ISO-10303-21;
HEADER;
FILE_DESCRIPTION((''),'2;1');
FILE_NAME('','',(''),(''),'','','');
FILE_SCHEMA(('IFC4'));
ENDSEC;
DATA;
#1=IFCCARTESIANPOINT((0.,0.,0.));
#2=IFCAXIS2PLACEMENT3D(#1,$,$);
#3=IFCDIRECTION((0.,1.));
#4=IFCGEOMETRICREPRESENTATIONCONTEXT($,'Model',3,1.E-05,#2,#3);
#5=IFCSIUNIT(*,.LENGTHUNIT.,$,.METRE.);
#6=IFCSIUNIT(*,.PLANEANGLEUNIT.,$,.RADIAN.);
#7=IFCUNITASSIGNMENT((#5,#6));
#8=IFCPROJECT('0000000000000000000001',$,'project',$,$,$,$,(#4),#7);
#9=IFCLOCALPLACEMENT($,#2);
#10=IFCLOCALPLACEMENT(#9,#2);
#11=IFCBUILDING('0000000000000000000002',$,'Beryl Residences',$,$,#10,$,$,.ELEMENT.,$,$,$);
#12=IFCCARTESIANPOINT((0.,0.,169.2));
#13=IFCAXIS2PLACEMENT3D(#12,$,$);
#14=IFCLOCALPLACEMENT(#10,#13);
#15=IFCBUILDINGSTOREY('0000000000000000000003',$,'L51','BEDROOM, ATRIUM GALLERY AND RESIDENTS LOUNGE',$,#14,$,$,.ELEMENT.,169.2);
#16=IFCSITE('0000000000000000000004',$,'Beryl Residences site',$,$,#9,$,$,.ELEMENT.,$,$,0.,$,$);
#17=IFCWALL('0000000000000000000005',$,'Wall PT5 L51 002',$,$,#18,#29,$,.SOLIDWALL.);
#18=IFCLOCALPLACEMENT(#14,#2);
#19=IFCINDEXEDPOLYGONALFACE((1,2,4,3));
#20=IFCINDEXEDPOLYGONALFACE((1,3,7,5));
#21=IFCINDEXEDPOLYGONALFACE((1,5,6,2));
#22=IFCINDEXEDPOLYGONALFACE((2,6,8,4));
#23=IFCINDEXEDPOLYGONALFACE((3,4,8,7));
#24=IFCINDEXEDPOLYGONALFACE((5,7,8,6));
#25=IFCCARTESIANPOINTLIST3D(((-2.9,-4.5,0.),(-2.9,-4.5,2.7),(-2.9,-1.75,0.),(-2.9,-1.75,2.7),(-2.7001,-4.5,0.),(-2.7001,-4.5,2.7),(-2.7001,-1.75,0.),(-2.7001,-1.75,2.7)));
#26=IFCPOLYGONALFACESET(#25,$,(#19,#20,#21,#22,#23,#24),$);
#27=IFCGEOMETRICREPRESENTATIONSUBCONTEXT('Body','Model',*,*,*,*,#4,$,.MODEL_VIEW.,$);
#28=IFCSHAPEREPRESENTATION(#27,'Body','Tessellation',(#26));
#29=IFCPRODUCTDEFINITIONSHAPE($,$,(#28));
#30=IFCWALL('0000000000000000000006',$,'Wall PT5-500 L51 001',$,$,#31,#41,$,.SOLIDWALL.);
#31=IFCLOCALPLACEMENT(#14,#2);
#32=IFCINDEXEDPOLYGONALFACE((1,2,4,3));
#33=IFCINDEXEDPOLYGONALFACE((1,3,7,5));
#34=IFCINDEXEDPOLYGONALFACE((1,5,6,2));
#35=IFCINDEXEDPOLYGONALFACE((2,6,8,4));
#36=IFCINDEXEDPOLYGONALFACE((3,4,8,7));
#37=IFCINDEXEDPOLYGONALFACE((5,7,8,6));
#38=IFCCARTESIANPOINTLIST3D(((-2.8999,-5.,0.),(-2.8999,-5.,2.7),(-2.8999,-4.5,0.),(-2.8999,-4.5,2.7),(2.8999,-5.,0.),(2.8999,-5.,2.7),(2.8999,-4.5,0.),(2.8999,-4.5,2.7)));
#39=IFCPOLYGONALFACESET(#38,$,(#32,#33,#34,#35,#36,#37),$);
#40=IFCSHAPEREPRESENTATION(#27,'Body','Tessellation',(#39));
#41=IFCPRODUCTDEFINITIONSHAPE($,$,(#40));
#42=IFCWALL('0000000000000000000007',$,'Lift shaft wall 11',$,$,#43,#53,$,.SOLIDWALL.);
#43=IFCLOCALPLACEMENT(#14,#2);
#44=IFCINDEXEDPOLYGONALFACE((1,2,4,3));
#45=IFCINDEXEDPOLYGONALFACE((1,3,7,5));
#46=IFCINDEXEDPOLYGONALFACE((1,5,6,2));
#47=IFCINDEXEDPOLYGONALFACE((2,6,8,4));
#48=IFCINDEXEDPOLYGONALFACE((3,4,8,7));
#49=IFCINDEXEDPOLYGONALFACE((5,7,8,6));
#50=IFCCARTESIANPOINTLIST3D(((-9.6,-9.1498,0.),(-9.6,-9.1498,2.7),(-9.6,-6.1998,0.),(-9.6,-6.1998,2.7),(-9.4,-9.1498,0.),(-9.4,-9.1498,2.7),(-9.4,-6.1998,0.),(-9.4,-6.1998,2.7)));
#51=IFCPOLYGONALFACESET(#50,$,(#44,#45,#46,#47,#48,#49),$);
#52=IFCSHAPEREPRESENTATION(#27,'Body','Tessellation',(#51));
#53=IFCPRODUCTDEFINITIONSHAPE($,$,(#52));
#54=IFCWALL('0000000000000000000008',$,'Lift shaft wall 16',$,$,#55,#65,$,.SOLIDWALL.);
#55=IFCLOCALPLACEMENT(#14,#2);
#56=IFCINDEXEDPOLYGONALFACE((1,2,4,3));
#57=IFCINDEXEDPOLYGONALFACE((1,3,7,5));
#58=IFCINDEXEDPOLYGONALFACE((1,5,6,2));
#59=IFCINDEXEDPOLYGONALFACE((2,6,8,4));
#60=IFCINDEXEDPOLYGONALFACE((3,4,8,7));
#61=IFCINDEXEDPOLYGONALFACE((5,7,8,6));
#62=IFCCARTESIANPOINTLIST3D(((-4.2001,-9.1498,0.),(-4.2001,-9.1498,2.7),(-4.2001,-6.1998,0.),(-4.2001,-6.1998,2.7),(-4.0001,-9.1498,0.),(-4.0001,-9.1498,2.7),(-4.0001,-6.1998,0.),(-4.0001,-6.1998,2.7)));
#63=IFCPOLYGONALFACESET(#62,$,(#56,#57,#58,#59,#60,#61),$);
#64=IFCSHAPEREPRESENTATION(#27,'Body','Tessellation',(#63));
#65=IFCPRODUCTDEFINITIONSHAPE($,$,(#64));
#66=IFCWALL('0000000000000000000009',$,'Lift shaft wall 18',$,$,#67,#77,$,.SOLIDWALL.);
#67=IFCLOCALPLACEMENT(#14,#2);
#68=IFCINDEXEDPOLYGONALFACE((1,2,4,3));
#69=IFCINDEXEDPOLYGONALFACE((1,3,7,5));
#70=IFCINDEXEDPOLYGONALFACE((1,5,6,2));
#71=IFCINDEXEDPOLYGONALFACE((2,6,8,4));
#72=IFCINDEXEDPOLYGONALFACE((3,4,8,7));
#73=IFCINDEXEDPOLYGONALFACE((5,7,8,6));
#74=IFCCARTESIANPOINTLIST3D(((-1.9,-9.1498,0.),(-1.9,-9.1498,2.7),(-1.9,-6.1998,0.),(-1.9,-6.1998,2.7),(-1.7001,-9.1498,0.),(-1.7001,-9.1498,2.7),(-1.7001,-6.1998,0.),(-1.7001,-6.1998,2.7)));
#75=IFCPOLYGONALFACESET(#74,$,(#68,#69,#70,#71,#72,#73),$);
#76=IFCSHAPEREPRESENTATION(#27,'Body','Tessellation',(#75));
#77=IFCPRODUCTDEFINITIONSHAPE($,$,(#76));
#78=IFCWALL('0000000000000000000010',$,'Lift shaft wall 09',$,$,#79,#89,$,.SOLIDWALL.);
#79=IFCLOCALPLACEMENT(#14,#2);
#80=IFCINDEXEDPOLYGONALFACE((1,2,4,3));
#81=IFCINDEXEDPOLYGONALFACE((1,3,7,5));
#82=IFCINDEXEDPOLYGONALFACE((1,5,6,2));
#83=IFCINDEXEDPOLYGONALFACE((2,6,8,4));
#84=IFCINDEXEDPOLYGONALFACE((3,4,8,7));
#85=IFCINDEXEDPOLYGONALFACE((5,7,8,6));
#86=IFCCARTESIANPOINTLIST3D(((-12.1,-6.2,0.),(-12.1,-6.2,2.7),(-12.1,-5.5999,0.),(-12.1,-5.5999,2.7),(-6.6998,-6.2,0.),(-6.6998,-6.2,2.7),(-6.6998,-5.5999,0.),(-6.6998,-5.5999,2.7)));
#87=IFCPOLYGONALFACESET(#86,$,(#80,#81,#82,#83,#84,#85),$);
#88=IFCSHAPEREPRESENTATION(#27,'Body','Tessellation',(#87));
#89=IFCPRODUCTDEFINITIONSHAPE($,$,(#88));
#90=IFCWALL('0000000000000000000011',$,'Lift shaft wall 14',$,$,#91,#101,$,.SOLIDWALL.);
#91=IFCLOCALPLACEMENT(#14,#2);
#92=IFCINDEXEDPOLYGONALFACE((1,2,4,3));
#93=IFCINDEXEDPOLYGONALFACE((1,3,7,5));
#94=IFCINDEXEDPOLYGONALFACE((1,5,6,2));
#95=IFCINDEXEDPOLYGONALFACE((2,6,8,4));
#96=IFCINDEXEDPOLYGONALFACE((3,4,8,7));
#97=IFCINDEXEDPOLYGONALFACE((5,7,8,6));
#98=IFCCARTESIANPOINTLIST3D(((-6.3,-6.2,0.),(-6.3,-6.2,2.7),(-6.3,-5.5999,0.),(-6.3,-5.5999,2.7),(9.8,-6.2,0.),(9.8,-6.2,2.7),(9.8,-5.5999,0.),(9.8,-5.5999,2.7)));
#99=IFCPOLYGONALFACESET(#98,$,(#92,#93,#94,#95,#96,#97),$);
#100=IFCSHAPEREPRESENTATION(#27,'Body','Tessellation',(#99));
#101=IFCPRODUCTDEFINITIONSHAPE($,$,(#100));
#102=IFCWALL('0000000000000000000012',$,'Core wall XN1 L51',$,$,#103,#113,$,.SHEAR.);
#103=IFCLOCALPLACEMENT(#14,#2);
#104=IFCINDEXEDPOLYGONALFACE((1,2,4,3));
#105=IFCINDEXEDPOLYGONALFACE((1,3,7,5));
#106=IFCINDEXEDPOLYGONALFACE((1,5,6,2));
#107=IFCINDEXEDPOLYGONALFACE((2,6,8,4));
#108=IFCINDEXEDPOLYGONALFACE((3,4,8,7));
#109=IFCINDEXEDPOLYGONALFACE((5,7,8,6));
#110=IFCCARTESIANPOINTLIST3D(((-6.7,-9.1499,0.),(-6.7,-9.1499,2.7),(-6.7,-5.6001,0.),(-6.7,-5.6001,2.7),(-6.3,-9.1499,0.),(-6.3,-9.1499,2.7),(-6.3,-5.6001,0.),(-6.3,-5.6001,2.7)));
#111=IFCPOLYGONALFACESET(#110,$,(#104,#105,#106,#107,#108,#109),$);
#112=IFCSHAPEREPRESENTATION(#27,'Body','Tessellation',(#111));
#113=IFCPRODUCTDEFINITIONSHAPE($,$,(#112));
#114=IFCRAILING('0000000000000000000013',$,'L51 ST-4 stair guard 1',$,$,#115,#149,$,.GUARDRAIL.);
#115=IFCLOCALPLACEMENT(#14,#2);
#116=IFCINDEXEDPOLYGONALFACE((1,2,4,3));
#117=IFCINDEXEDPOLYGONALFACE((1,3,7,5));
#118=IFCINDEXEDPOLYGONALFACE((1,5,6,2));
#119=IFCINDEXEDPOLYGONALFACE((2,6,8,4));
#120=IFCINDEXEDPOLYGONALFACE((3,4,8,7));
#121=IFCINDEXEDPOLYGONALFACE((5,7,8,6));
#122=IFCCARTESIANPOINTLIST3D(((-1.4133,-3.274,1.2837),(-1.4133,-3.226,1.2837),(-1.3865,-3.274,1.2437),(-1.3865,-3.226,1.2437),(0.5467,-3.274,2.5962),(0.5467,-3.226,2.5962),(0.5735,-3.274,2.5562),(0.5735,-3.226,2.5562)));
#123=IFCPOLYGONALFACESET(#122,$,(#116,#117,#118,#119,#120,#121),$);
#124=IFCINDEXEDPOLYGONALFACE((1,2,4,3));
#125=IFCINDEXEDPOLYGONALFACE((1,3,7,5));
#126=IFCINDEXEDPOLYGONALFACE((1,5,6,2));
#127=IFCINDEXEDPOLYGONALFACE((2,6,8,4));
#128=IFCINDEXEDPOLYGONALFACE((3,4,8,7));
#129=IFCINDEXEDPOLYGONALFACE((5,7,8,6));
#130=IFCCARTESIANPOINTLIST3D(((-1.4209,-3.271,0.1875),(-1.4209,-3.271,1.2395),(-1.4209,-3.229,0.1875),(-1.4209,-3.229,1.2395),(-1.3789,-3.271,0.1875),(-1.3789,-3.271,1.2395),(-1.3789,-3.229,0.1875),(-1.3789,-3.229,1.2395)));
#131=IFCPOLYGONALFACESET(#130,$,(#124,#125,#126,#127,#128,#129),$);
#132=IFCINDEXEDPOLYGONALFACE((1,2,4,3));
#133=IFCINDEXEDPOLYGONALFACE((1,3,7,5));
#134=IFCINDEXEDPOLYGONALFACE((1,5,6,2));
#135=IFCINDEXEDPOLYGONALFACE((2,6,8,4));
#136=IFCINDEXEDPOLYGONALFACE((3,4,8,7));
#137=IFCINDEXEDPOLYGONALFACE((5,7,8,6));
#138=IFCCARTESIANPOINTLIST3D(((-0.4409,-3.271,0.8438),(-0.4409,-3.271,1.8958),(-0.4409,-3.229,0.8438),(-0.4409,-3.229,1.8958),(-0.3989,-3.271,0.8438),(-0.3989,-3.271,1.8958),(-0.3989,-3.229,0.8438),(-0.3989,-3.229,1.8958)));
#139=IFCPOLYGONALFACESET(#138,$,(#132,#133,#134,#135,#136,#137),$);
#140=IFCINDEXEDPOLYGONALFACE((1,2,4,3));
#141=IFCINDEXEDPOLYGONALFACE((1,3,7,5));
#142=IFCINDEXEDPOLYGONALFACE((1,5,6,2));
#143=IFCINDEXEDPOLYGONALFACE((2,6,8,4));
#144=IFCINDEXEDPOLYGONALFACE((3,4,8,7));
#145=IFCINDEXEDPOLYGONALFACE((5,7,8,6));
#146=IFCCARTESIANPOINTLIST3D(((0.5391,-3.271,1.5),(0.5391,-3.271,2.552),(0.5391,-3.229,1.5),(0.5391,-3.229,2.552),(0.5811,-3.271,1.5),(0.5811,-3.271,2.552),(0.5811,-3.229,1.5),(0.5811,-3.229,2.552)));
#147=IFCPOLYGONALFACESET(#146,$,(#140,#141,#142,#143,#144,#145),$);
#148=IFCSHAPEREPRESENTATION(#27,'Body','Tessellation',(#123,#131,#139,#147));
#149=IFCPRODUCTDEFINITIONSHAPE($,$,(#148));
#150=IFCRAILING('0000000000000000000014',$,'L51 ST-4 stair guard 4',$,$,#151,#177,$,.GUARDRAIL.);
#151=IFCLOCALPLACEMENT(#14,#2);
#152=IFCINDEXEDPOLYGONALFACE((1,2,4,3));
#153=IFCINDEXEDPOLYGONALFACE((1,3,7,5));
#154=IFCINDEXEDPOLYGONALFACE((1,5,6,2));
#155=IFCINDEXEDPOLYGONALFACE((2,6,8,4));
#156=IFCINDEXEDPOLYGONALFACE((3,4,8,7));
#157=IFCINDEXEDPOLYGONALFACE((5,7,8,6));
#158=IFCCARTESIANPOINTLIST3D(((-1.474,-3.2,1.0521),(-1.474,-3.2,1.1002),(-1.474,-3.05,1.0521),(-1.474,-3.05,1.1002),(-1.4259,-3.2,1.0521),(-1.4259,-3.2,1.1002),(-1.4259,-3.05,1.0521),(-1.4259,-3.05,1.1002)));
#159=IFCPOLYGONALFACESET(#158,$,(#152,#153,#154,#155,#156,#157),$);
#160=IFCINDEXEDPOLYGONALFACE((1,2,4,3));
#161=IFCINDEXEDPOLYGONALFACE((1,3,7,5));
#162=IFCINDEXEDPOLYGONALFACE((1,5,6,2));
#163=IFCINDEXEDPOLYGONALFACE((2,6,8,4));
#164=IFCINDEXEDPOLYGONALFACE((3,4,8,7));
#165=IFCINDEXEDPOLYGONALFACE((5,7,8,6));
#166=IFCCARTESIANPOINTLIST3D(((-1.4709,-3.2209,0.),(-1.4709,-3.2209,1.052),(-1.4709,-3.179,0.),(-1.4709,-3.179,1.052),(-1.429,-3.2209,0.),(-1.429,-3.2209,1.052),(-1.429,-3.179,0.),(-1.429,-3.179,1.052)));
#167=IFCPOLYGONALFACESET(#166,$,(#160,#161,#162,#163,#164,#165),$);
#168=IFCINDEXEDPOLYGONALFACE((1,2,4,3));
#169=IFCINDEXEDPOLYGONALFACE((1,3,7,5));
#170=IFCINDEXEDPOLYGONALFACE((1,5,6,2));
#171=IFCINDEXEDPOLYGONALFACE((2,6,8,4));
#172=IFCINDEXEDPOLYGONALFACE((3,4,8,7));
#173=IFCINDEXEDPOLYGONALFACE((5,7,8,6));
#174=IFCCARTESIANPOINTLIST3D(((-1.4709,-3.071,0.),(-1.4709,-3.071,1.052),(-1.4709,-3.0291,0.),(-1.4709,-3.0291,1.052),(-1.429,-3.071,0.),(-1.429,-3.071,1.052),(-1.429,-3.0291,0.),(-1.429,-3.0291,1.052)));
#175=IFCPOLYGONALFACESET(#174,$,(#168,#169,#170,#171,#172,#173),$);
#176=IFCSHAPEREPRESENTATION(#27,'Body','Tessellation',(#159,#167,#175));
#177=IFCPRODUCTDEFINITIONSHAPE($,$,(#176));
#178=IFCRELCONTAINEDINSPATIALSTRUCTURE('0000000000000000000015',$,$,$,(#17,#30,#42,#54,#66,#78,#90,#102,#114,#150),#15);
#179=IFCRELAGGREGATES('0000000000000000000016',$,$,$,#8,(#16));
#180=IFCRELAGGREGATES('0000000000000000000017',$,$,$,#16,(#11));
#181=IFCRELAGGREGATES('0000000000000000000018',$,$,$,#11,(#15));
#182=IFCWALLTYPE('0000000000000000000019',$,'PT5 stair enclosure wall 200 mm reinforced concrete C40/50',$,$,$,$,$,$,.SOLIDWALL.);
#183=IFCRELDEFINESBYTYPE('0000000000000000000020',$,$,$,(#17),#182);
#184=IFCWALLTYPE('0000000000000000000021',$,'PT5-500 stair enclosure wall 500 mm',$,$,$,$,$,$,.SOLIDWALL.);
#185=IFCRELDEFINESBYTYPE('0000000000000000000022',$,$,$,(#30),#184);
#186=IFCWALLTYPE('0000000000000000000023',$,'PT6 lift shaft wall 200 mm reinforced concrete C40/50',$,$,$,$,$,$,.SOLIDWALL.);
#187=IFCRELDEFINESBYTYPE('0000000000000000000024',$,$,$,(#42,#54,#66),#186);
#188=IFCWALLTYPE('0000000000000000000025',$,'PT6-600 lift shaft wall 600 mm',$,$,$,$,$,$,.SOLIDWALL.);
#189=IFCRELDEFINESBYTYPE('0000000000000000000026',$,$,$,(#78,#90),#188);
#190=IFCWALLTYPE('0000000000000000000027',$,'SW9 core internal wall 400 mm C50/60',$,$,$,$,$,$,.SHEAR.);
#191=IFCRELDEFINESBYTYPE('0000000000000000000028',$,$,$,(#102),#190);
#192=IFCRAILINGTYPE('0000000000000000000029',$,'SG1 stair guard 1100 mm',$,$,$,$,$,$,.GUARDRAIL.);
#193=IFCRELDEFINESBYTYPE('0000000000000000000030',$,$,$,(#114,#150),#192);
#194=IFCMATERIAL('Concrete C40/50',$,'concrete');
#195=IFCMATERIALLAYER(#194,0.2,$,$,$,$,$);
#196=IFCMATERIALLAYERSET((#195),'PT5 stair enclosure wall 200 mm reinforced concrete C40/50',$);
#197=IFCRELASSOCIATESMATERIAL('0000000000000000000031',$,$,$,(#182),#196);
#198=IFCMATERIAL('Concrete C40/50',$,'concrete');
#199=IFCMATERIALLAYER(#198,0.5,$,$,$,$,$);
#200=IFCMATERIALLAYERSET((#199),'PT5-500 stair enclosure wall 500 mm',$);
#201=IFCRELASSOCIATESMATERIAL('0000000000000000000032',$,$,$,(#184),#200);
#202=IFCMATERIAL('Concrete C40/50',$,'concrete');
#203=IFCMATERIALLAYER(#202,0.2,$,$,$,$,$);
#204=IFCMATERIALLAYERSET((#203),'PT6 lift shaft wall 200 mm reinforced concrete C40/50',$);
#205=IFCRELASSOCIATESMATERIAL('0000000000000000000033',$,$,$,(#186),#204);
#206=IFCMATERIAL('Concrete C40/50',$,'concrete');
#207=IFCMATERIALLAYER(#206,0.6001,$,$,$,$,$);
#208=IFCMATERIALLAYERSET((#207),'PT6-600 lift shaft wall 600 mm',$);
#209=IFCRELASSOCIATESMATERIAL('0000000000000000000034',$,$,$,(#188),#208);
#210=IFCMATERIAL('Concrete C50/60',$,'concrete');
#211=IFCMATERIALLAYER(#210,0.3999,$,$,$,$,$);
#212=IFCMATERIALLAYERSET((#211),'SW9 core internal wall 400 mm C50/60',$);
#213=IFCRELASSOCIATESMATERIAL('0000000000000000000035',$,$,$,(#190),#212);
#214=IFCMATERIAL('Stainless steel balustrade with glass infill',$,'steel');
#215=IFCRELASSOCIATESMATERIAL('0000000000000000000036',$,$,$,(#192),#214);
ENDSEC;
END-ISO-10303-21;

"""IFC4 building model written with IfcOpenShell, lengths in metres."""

from ifc_helpers import new_model, si_unit, direction, frame, frame_2d, origin, origin_2d, place, context, subcontext, project, spatial, rectangle, extrude, material, layer, layer_set, type_object, element, save


model = new_model("IFC4")

# Units and contexts
model_context = context("Model", 3, precision=1e-05, world=origin(), true_north=direction((0.0, 1.0)))
body_context = subcontext(model_context, "Body", "Model", "MODEL_VIEW")
ifc_project = project(units=[si_unit("LENGTHUNIT", "METRE"), si_unit("PLANEANGLEUNIT", "RADIAN")], contexts=[model_context])

# Site, building, storey
site_placement = place(None, origin())
site = spatial("IfcSite", under=ifc_project, at=site_placement, Name="Beryl Residences site", CompositionType="ELEMENT", RefElevation=0.0)
building_placement = place(site_placement, origin())
building = spatial("IfcBuilding", under=site, at=building_placement, Name="Beryl Residences", CompositionType="ELEMENT")
storey_placement = place(building_placement, frame((0.0, 0.0, 169.2)))
storey = spatial("IfcBuildingStorey", under=building, at=storey_placement, Name="L51", Description="BEDROOM, ATRIUM GALLERY AND RESIDENTS LOUNGE", CompositionType="ELEMENT", Elevation=169.2)

# Walls
ifc_material_1 = material(Name="Concrete C40/50", Category="concrete")
ifc_layer_1 = layer(ifc_material_1, 0.2)
ifc_layer_set_1 = layer_set([ifc_layer_1], Name="PT5 stair enclosure wall 200 mm reinforced concrete C40/50")
wall_type_1 = type_object("IfcWallType", Name="PT5 stair enclosure wall 200 mm reinforced concrete C40/50", PredefinedType="SOLIDWALL", material=ifc_layer_set_1)
wall_1_placement = place(storey_placement, frame((-2.8, -4.5, 0.0), z_axis=(0.0, 0.0, 1.0), x_axis=(0.0, 1.0, 0.0)))
element("IfcWall", 1, at=wall_1_placement, inside=storey, type_object=wall_type_1, Name="Wall PT5 L51 002", PredefinedType="SOLIDWALL", context=body_context, shape_type="SweptSolid", body=[
    extrude(rectangle(XDim=2.75, YDim=0.2, at=frame_2d((1.375, 0.0))), origin(), (0.0, 0.0, 1.0), 2.7),
])
ifc_material_2 = material(Name="Concrete C40/50", Category="concrete")
ifc_layer_2 = layer(ifc_material_2, 0.5)
ifc_layer_set_2 = layer_set([ifc_layer_2], Name="PT5-500 stair enclosure wall 500 mm")
wall_type_2 = type_object("IfcWallType", Name="PT5-500 stair enclosure wall 500 mm", PredefinedType="SOLIDWALL", material=ifc_layer_set_2)
wall_2_placement = place(storey_placement, frame((-2.8999, -4.75, 0.0), z_axis=(0.0, 0.0, 1.0), x_axis=(1.0, 0.0, 0.0)))
element("IfcWall", 2, at=wall_2_placement, inside=storey, type_object=wall_type_2, Name="Wall PT5-500 L51 001", PredefinedType="SOLIDWALL", context=body_context, shape_type="SweptSolid", body=[
    extrude(rectangle(XDim=5.7998, YDim=0.5, at=frame_2d((2.8999, 0.0))), origin(), (0.0, 0.0, 1.0), 2.7),
])
ifc_material_3 = material(Name="Concrete C40/50", Category="concrete")
ifc_layer_3 = layer(ifc_material_3, 0.2)
ifc_layer_set_3 = layer_set([ifc_layer_3], Name="PT6 lift shaft wall 200 mm reinforced concrete C40/50")
wall_type_3 = type_object("IfcWallType", Name="PT6 lift shaft wall 200 mm reinforced concrete C40/50", PredefinedType="SOLIDWALL", material=ifc_layer_set_3)
for number, where, z_axis, x_axis, name in (
    (3, (-9.5, -9.1499, 0.0), (0.0, 0.0, 1.0), (0.0, 1.0, 0.0), "Lift shaft wall 11"),
    (4, (-4.1001, -9.1499, 0.0), (0.0, 0.0, 1.0), (0.0, 1.0, 0.0), "Lift shaft wall 16"),
    (5, (-1.8, -9.1499, 0.0), (0.0, 0.0, 1.0), (0.0, 1.0, 0.0), "Lift shaft wall 18"),
):
    element("IfcWall", number, at=place(storey_placement, frame(where, z_axis=z_axis, x_axis=x_axis)), inside=storey, type_object=wall_type_3, Name=name, PredefinedType="SOLIDWALL", context=body_context, shape_type="SweptSolid", body=[
        extrude(rectangle(XDim=2.95, YDim=0.2, at=frame_2d((1.4751, 0.0))), origin(), (0.0, 0.0, 1.0), 2.7),
    ])
ifc_material_4 = material(Name="Concrete C40/50", Category="concrete")
ifc_layer_4 = layer(ifc_material_4, 0.6001)
ifc_layer_set_4 = layer_set([ifc_layer_4], Name="PT6-600 lift shaft wall 600 mm")
wall_type_4 = type_object("IfcWallType", Name="PT6-600 lift shaft wall 600 mm", PredefinedType="SOLIDWALL", material=ifc_layer_set_4)
wall_3_placement = place(storey_placement, frame((-12.1001, -5.8999, 0.0), z_axis=(0.0, 0.0, 1.0), x_axis=(1.0, 0.0, 0.0)))
element("IfcWall", 6, at=wall_3_placement, inside=storey, type_object=wall_type_4, Name="Lift shaft wall 09", PredefinedType="SOLIDWALL", context=body_context, shape_type="SweptSolid", body=[
    extrude(rectangle(XDim=5.4001, YDim=0.6001, at=frame_2d((2.7002, 0.0))), origin(), (0.0, 0.0, 1.0), 2.7),
])
wall_4_placement = place(storey_placement, frame((-6.3, -5.8999, 0.0), z_axis=(0.0, 0.0, 1.0), x_axis=(1.0, 0.0, 0.0)))
element("IfcWall", 7, at=wall_4_placement, inside=storey, type_object=wall_type_4, Name="Lift shaft wall 14", PredefinedType="SOLIDWALL", context=body_context, shape_type="SweptSolid", body=[
    extrude(rectangle(XDim=16.1001, YDim=0.6001, at=frame_2d((8.05, 0.0))), origin(), (0.0, 0.0, 1.0), 2.7),
])
ifc_material_5 = material(Name="Concrete C50/60", Category="concrete")
ifc_layer_5 = layer(ifc_material_5, 0.3999)
ifc_layer_set_5 = layer_set([ifc_layer_5], Name="SW9 core internal wall 400 mm C50/60")
wall_type_5 = type_object("IfcWallType", Name="SW9 core internal wall 400 mm C50/60", PredefinedType="SHEAR", material=ifc_layer_set_5)
wall_5_placement = place(storey_placement, frame((-6.5, -9.1499, 0.0), z_axis=(0.0, 0.0, 1.0), x_axis=(0.0, 1.0, 0.0)))
element("IfcWall", 8, at=wall_5_placement, inside=storey, type_object=wall_type_5, Name="Core wall XN1 L51", PredefinedType="SHEAR", context=body_context, shape_type="SweptSolid", body=[
    extrude(rectangle(XDim=3.5498, YDim=0.3999, at=frame_2d((1.7749, 0.0))), origin(), (0.0, 0.0, 1.0), 2.7),
])

# Railings
ifc_material_6 = material(Name="Stainless steel balustrade with glass infill", Category="steel")
railing_type = type_object("IfcRailingType", Name="SG1 stair guard 1100 mm", PredefinedType="GUARDRAIL", material=ifc_material_6)
railing_1_placement = place(storey_placement, frame((-1.3999, -3.25, 0.1875)))
element("IfcRailing", 9, at=railing_1_placement, inside=storey, type_object=railing_type, Name="L51 ST-4 stair guard 1", PredefinedType="GUARDRAIL", context=body_context, shape_type="SweptSolid", body=[
    extrude(rectangle(XDim=0.0481, YDim=0.0481, at=origin_2d()), frame((0.0, 0.0, 1.0762), z_axis=(0.830902, 0.0, 0.556419), x_axis=(0.0, 1.0, 0.0)), (0.0, 0.0, 1.0), 2.3589),
    extrude(rectangle(XDim=0.042, YDim=0.042, at=origin_2d()), origin(), (0.0, 0.0, 1.0), 1.052),
    extrude(rectangle(XDim=0.042, YDim=0.042, at=origin_2d()), frame((0.98, 0.0, 0.6562)), (0.0, 0.0, 1.0), 1.052),
    extrude(rectangle(XDim=0.042, YDim=0.042, at=origin_2d()), frame((1.96, 0.0, 1.3125)), (0.0, 0.0, 1.0), 1.052),
])
railing_2_placement = place(storey_placement, frame((-1.45, -3.2, 0.0)))
element("IfcRailing", 10, at=railing_2_placement, inside=storey, type_object=railing_type, Name="L51 ST-4 stair guard 4", PredefinedType="GUARDRAIL", context=body_context, shape_type="SweptSolid", body=[
    extrude(rectangle(XDim=0.0481, YDim=0.0481, at=origin_2d()), frame((0.0, 0.0, 1.0762), z_axis=(0.0, 1.0, 0.0), x_axis=(-1.0, 0.0, 0.0)), (0.0, 0.0, 1.0), 0.1499),
    extrude(rectangle(XDim=0.042, YDim=0.042, at=origin_2d()), origin(), (0.0, 0.0, 1.0), 1.052),
    extrude(rectangle(XDim=0.042, YDim=0.042, at=origin_2d()), frame((0.0, 0.1499, 0.0)), (0.0, 0.0, 1.0), 1.052),
])

save(model, "model.ifc")
